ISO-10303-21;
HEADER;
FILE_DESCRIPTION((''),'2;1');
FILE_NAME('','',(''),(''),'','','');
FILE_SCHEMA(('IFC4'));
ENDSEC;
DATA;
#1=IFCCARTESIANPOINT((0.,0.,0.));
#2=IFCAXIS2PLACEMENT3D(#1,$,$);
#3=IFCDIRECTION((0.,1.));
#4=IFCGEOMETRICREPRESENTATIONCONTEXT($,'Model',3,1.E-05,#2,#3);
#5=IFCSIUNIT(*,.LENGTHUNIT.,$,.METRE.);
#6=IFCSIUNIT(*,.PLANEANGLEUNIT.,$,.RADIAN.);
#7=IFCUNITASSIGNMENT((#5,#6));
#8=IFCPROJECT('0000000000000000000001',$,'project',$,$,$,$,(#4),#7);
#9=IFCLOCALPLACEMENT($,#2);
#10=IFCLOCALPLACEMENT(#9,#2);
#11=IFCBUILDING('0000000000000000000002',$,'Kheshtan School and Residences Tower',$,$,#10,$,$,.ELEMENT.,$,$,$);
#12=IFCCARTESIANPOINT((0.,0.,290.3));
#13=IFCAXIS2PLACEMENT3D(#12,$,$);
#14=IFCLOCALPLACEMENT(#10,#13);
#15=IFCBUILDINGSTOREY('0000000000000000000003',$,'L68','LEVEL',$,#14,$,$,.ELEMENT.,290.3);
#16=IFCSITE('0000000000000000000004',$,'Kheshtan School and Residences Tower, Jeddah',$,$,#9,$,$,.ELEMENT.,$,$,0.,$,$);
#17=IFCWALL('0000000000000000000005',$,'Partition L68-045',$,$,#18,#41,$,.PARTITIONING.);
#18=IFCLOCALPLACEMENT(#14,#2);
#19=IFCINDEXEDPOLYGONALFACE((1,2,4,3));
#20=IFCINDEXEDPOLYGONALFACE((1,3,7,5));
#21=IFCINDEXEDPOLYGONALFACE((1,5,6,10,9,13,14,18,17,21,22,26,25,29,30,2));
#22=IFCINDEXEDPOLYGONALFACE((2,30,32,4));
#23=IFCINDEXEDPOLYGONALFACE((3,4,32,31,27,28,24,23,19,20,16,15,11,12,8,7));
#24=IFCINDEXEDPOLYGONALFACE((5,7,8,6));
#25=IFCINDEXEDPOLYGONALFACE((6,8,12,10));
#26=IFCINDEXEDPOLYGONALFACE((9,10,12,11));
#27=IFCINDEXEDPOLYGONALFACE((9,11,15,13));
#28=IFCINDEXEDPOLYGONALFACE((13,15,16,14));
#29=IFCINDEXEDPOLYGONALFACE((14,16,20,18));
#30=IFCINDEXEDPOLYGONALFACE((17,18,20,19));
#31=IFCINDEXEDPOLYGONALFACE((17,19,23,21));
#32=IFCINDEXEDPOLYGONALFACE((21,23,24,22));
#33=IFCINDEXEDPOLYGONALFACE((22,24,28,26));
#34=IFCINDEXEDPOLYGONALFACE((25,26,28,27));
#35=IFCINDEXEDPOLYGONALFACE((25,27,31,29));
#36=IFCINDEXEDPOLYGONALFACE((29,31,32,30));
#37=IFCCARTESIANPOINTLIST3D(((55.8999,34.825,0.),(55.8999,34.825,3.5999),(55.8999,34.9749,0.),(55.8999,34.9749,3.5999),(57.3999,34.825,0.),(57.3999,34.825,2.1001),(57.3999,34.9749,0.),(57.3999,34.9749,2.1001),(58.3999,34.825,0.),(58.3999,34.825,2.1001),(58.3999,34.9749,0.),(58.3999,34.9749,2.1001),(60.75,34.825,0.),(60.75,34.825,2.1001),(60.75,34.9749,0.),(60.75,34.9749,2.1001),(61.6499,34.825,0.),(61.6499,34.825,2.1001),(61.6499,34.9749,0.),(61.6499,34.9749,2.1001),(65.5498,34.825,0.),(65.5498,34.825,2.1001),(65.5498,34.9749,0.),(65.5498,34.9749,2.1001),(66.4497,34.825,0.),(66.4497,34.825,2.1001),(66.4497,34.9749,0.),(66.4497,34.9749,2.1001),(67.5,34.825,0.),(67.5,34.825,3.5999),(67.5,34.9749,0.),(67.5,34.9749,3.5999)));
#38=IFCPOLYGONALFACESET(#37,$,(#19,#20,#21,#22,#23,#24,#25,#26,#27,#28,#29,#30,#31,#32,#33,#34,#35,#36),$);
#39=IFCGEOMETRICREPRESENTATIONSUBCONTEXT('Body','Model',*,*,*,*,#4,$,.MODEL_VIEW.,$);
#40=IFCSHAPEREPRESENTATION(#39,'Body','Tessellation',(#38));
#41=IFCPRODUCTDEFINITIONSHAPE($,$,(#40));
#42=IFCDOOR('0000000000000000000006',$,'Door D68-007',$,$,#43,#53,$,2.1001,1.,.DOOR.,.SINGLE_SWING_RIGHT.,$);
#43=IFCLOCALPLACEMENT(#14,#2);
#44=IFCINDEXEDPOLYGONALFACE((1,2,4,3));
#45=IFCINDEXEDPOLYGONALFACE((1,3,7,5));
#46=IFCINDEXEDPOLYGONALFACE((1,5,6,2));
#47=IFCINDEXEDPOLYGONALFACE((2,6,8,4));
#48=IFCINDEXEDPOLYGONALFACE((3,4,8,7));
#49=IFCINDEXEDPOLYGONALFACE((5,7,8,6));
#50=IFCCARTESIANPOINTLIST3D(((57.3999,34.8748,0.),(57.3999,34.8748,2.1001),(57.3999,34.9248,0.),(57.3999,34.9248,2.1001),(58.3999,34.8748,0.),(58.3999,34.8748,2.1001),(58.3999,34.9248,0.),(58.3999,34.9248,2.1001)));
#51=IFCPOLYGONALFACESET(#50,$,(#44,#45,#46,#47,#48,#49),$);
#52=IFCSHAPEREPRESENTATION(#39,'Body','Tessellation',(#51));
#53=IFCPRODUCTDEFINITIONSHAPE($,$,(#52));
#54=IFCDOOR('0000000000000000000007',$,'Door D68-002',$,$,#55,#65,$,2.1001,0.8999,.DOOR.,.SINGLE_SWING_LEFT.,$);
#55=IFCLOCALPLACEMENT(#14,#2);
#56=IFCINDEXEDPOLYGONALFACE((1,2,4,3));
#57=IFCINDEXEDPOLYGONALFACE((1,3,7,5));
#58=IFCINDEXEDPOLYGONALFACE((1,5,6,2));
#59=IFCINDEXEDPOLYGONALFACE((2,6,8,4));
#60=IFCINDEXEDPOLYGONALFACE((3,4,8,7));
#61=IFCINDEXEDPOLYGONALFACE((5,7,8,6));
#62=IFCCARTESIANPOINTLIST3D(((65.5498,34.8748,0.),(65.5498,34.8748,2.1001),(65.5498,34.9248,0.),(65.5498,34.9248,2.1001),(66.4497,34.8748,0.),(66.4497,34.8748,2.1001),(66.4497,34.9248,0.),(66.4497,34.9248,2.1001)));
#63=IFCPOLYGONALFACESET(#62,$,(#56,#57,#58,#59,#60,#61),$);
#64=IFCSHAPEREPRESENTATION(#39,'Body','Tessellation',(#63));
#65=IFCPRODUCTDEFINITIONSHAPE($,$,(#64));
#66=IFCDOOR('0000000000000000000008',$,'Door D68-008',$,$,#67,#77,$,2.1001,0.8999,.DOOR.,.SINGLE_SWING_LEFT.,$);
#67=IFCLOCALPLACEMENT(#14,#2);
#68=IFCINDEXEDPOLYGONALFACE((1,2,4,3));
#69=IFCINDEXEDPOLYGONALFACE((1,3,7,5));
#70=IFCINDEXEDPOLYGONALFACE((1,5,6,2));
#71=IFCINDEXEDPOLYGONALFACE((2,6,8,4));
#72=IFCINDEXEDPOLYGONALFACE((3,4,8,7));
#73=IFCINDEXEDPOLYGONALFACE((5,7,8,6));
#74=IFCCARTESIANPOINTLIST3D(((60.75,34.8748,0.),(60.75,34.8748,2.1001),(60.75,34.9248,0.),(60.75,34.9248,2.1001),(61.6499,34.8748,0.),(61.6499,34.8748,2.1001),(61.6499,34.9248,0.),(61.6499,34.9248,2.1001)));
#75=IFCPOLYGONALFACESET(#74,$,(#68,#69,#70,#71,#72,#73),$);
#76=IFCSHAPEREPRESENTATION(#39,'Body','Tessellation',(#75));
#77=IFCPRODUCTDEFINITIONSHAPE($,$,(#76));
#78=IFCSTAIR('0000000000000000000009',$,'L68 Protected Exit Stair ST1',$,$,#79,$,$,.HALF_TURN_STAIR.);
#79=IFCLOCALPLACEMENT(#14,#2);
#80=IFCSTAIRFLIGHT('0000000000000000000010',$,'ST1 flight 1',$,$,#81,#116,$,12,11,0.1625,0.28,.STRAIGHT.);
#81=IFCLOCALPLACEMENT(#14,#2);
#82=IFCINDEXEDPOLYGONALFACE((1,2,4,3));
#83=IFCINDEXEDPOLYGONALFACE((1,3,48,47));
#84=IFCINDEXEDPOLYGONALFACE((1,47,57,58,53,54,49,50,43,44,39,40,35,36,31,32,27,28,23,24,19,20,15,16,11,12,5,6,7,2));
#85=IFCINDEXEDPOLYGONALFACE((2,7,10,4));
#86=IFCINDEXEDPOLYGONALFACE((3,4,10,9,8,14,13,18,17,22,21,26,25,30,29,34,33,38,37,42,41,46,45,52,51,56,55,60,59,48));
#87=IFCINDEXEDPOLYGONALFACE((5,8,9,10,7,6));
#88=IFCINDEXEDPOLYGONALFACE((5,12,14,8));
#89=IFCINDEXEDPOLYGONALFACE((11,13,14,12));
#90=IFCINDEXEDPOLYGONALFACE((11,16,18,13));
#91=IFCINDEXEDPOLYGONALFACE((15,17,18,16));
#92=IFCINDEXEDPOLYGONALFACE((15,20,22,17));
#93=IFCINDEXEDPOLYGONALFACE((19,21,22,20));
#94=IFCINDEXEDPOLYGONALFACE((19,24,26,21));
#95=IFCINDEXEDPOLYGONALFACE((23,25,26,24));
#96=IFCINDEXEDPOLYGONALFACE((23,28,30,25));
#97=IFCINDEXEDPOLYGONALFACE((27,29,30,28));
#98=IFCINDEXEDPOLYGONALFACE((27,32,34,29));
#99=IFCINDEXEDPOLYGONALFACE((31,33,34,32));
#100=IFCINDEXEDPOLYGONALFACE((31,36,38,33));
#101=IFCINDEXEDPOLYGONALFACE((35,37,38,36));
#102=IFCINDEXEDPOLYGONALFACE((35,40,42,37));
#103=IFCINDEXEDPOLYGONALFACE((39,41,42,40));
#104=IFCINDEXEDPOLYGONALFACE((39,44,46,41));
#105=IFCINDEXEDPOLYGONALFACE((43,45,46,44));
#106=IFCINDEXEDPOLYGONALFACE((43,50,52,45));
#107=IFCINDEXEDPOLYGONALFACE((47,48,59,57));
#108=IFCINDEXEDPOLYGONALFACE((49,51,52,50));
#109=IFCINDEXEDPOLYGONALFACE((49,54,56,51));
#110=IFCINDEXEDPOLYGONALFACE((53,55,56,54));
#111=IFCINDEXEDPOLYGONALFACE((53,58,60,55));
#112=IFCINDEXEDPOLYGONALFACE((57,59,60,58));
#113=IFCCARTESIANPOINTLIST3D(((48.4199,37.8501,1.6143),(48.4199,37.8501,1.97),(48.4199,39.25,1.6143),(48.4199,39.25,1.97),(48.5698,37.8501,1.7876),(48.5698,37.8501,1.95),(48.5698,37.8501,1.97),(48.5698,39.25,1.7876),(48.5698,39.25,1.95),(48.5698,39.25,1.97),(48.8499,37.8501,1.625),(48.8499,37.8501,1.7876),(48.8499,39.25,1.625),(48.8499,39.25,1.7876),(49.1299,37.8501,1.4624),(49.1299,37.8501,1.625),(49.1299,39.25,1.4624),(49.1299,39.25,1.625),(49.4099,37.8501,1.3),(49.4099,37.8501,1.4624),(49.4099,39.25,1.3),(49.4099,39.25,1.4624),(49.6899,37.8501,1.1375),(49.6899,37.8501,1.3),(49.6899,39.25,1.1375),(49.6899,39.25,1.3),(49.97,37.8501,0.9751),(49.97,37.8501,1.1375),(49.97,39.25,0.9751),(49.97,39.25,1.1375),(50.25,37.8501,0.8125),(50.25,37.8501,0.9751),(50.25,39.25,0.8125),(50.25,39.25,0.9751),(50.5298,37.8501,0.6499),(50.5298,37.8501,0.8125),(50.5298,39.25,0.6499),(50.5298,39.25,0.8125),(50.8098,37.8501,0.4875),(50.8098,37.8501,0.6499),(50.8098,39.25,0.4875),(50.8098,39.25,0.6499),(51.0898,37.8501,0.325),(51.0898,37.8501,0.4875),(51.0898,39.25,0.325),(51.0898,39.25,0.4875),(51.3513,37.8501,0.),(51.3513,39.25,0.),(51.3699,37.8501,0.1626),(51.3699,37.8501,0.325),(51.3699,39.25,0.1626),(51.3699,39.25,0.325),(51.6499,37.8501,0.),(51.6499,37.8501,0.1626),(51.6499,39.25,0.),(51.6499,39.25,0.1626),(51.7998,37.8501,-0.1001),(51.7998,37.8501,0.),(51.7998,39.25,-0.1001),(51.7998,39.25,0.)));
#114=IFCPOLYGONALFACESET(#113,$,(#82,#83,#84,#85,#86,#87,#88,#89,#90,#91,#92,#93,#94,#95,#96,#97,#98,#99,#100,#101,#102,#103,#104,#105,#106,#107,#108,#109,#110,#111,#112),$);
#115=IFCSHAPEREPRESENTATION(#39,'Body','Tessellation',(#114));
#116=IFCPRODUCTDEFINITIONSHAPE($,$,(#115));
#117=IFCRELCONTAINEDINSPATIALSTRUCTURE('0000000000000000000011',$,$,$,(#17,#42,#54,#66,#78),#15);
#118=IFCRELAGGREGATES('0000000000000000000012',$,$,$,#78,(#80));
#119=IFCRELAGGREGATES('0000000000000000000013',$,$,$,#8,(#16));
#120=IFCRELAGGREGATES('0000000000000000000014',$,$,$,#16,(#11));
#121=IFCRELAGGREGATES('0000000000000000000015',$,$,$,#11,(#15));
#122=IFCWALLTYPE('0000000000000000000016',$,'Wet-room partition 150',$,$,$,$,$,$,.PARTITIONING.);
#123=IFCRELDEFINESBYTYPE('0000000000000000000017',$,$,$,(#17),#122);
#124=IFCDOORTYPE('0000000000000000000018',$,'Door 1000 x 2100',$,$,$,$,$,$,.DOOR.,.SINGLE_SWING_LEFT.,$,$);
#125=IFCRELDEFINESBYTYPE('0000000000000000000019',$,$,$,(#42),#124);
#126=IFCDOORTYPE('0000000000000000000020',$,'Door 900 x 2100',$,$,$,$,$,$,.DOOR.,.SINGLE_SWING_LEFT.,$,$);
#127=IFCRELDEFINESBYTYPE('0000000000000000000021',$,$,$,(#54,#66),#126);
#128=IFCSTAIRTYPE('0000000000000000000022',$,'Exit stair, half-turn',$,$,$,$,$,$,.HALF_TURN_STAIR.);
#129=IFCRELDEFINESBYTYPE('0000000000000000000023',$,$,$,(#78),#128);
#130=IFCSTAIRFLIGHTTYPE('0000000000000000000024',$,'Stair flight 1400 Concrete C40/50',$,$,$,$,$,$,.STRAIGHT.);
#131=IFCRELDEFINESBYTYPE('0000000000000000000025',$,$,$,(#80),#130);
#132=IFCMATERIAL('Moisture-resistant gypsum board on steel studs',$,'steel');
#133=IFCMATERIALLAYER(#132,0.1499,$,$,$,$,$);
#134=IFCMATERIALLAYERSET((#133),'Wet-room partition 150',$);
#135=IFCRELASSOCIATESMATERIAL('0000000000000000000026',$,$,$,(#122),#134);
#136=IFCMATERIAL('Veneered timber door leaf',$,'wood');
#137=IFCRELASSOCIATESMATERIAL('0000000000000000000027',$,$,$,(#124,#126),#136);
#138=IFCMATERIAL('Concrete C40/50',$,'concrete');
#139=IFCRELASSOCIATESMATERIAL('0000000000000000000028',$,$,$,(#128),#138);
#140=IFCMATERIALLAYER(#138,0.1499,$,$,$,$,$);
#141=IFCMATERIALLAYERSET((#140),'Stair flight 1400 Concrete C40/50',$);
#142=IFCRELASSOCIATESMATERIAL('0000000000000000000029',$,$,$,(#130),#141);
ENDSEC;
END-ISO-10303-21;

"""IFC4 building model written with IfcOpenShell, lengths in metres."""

from ifc_helpers import new_model, si_unit, direction, frame, frame_2d, origin, place, context, subcontext, project, spatial, polyline, rectangle, outline, extrude, source, transform, mapped, material, layer, layer_set, type_object, element, fill, aggregate, save


model = new_model("IFC4")

# Units and contexts
model_context = context("Model", 3, precision=1e-05, world=origin(), true_north=direction((0.0, 1.0)))
body_context = subcontext(model_context, "Body", "Model", "MODEL_VIEW")
ifc_project = project(units=[si_unit("LENGTHUNIT", "METRE"), si_unit("PLANEANGLEUNIT", "RADIAN")], contexts=[model_context])

# Site, building, storey
site_placement = place(None, origin())
site = spatial("IfcSite", under=ifc_project, at=site_placement, Name="Kheshtan School and Residences Tower, Jeddah", CompositionType="ELEMENT", RefElevation=0.0)
building_placement = place(site_placement, origin())
building = spatial("IfcBuilding", under=site, at=building_placement, Name="Kheshtan School and Residences Tower", CompositionType="ELEMENT")
storey_placement = place(building_placement, frame((0.0, 0.0, 290.3)))
storey = spatial("IfcBuildingStorey", under=building, at=storey_placement, Name="L68", Description="LEVEL", CompositionType="ELEMENT", Elevation=290.3)

# Shared definitions
ifc_material_1 = material(Name="Concrete C40/50", Category="concrete")

# Wall, openings, doors
ifc_material_2 = material(Name="Moisture-resistant gypsum board on steel studs", Category="steel")
ifc_layer_1 = layer(ifc_material_2, 0.1499)
ifc_layer_set_1 = layer_set([ifc_layer_1], Name="Wet-room partition 150")
wall_type_1 = type_object("IfcWallType", Name="Wet-room partition 150", PredefinedType="PARTITIONING", material=ifc_layer_set_1)
wall_1_placement = place(storey_placement, frame((55.8999, 34.8999, 0.0), z_axis=(0.0, 0.0, 1.0), x_axis=(1.0, 0.0, 0.0)))
wall_1 = element("IfcWall", 1, at=wall_1_placement, inside=storey, type_object=wall_type_1, Name="Partition L68-045", PredefinedType="PARTITIONING", context=body_context, shape_type="SweptSolid", body=[
    extrude(rectangle(XDim=11.6001, YDim=0.1499, at=frame_2d((5.8, 0.0))), origin(), (0.0, 0.0, 1.0), 3.5999),
])
opening_1_placement = place(wall_1_placement, frame((9.6499, 0.0, 0.0)))
opening_1 = element("IfcOpeningElement", 2, at=opening_1_placement, cuts=wall_1, PredefinedType="OPENING", context=body_context, shape_type="SweptSolid", body=[
    extrude(rectangle(XDim=0.8999, YDim=2.1001, at=frame_2d((0.45, 1.05))), frame((0.0, 0.085, 0.0), z_axis=(0.0, -1.0, 0.0), x_axis=(1.0, 0.0, 0.0)), (0.0, 0.0, 1.0), 0.1699),
])
opening_2_placement = place(wall_1_placement, frame((1.5, 0.0, 0.0)))
opening_2 = element("IfcOpeningElement", 3, at=opening_2_placement, cuts=wall_1, PredefinedType="OPENING", context=body_context, shape_type="SweptSolid", body=[
    extrude(rectangle(XDim=1.0, YDim=2.1001, at=frame_2d((0.5, 1.05))), frame((0.0, 0.085, 0.0), z_axis=(0.0, -1.0, 0.0), x_axis=(1.0, 0.0, 0.0)), (0.0, 0.0, 1.0), 0.1699),
])
opening_3_placement = place(wall_1_placement, frame((4.8501, 0.0, 0.0)))
opening_3 = element("IfcOpeningElement", 4, at=opening_3_placement, cuts=wall_1, PredefinedType="OPENING", context=body_context, shape_type="SweptSolid", body=[
    extrude(rectangle(XDim=0.8999, YDim=2.1001, at=frame_2d((0.45, 1.05))), frame((0.0, 0.085, 0.0), z_axis=(0.0, -1.0, 0.0), x_axis=(1.0, 0.0, 0.0)), (0.0, 0.0, 1.0), 0.1699),
])
ifc_material_3 = material(Name="Veneered timber door leaf", Category="wood")
door_type_1 = type_object("IfcDoorType", Name="Door 1000 x 2100", OperationType="SINGLE_SWING_LEFT", PredefinedType="DOOR", material=ifc_material_3)
shared_shape_1 = source(origin(), body_context, "Body", "SweptSolid", [
    extrude(rectangle(XDim=1.0, YDim=2.1001, at=frame_2d((0.5, 1.05))), frame((0.0, 0.0249, 0.0), z_axis=(0.0, -1.0, 0.0), x_axis=(1.0, 0.0, 0.0)), (0.0, 0.0, 1.0), 0.05),
])
door_1_placement = place(opening_2_placement, origin())
door_1 = element("IfcDoor", 5, at=door_1_placement, inside=storey, type_object=door_type_1, Name="Door D68-007", OperationType="SINGLE_SWING_RIGHT", OverallHeight=2.1001, OverallWidth=1.0, PredefinedType="DOOR", context=body_context, shape_type="MappedRepresentation", body=[
    mapped(shared_shape_1, transform((0.0, 0.0, 0.0), x_axis=(1.0, 0.0, 0.0), y_axis=(0.0, 1.0, 0.0), z_axis=(0.0, 0.0, 1.0), scale=1.0)),
])
fill(opening_2, door_1)
door_type_2 = type_object("IfcDoorType", Name="Door 900 x 2100", OperationType="SINGLE_SWING_LEFT", PredefinedType="DOOR", material=ifc_material_3)
shared_shape_2 = source(origin(), body_context, "Body", "SweptSolid", [
    extrude(rectangle(XDim=0.8999, YDim=2.1001, at=frame_2d((0.45, 1.05))), frame((0.0, 0.0249, 0.0), z_axis=(0.0, -1.0, 0.0), x_axis=(1.0, 0.0, 0.0)), (0.0, 0.0, 1.0), 0.05),
])
door_2_placement = place(opening_1_placement, origin())
door_2 = element("IfcDoor", 6, at=door_2_placement, inside=storey, type_object=door_type_2, Name="Door D68-002", OperationType="SINGLE_SWING_LEFT", OverallHeight=2.1001, OverallWidth=0.8999, PredefinedType="DOOR", context=body_context, shape_type="MappedRepresentation", body=[
    mapped(shared_shape_2, transform((0.0, 0.0, 0.0), x_axis=(1.0, 0.0, 0.0), y_axis=(0.0, 1.0, 0.0), z_axis=(0.0, 0.0, 1.0), scale=1.0)),
])
fill(opening_1, door_2)
door_3_placement = place(opening_3_placement, origin())
door_3 = element("IfcDoor", 7, at=door_3_placement, inside=storey, type_object=door_type_2, Name="Door D68-008", OperationType="SINGLE_SWING_LEFT", OverallHeight=2.1001, OverallWidth=0.8999, PredefinedType="DOOR", context=body_context, shape_type="MappedRepresentation", body=[
    mapped(shared_shape_2, transform((0.0, 0.0, 0.0), x_axis=(1.0, 0.0, 0.0), y_axis=(0.0, 1.0, 0.0), z_axis=(0.0, 0.0, 1.0), scale=1.0)),
])
fill(opening_3, door_3)

# Stair, stair flight
stair_type = type_object("IfcStairType", Name="Exit stair, half-turn", PredefinedType="HALF_TURN_STAIR", material=ifc_material_1)
stair_placement = place(storey_placement, origin())
stair = element("IfcStair", 8, at=stair_placement, inside=storey, type_object=stair_type, Name="L68 Protected Exit Stair ST1", PredefinedType="HALF_TURN_STAIR")
ifc_layer_2 = layer(ifc_material_1, 0.1499)
ifc_layer_set_2 = layer_set([ifc_layer_2], Name="Stair flight 1400 Concrete C40/50")
stair_flight_type = type_object("IfcStairFlightType", Name="Stair flight 1400 Concrete C40/50", PredefinedType="STRAIGHT", material=ifc_layer_set_2)
stair_flight_placement = place(storey_placement, frame((51.6499, 38.55, 0.0), z_axis=(0.0, 0.0, 1.0), x_axis=(-1.0, 0.0, 0.0)))
stair_flight = element("IfcStairFlight", 9, at=stair_flight_placement, type_object=stair_flight_type, Name="ST1 flight 1", NumberOfRisers=12, NumberOfTreads=11, PredefinedType="STRAIGHT", RiserHeight=0.1625, TreadLength=0.28, context=body_context, shape_type="SweptSolid", body=[
    extrude(outline(polyline([(-0.1499, -0.1001), (-0.1499, 0.0), (0.0, 0.0), (0.0, 0.1626), (0.28, 0.1626), (0.28, 0.325), (0.5601, 0.325), (0.5601, 0.4875), (0.8401, 0.4875), (0.8401, 0.6499), (1.1201, 0.6499), (1.1201, 0.8125), (1.3999, 0.8125), (1.3999, 0.9751), (1.6799, 0.9751), (1.6799, 1.1375), (1.96, 1.1375), (1.96, 1.3), (2.24, 1.3), (2.24, 1.4624), (2.52, 1.4624), (2.52, 1.625), (2.8, 1.625), (2.8, 1.7876), (3.0801, 1.7876), (3.0801, 1.95), (3.0801, 1.97), (3.23, 1.97), (3.23, 1.6143), (0.2986, 0.0), (-0.1499, -0.1001)])), frame((0.0, 0.7, 0.0), z_axis=(0.0, -1.0, 0.0), x_axis=(1.0, 0.0, 0.0)), (0.0, 0.0, 1.0), 1.3999),
])
aggregate(stair, [stair_flight])

save(model, "model.ifc")
